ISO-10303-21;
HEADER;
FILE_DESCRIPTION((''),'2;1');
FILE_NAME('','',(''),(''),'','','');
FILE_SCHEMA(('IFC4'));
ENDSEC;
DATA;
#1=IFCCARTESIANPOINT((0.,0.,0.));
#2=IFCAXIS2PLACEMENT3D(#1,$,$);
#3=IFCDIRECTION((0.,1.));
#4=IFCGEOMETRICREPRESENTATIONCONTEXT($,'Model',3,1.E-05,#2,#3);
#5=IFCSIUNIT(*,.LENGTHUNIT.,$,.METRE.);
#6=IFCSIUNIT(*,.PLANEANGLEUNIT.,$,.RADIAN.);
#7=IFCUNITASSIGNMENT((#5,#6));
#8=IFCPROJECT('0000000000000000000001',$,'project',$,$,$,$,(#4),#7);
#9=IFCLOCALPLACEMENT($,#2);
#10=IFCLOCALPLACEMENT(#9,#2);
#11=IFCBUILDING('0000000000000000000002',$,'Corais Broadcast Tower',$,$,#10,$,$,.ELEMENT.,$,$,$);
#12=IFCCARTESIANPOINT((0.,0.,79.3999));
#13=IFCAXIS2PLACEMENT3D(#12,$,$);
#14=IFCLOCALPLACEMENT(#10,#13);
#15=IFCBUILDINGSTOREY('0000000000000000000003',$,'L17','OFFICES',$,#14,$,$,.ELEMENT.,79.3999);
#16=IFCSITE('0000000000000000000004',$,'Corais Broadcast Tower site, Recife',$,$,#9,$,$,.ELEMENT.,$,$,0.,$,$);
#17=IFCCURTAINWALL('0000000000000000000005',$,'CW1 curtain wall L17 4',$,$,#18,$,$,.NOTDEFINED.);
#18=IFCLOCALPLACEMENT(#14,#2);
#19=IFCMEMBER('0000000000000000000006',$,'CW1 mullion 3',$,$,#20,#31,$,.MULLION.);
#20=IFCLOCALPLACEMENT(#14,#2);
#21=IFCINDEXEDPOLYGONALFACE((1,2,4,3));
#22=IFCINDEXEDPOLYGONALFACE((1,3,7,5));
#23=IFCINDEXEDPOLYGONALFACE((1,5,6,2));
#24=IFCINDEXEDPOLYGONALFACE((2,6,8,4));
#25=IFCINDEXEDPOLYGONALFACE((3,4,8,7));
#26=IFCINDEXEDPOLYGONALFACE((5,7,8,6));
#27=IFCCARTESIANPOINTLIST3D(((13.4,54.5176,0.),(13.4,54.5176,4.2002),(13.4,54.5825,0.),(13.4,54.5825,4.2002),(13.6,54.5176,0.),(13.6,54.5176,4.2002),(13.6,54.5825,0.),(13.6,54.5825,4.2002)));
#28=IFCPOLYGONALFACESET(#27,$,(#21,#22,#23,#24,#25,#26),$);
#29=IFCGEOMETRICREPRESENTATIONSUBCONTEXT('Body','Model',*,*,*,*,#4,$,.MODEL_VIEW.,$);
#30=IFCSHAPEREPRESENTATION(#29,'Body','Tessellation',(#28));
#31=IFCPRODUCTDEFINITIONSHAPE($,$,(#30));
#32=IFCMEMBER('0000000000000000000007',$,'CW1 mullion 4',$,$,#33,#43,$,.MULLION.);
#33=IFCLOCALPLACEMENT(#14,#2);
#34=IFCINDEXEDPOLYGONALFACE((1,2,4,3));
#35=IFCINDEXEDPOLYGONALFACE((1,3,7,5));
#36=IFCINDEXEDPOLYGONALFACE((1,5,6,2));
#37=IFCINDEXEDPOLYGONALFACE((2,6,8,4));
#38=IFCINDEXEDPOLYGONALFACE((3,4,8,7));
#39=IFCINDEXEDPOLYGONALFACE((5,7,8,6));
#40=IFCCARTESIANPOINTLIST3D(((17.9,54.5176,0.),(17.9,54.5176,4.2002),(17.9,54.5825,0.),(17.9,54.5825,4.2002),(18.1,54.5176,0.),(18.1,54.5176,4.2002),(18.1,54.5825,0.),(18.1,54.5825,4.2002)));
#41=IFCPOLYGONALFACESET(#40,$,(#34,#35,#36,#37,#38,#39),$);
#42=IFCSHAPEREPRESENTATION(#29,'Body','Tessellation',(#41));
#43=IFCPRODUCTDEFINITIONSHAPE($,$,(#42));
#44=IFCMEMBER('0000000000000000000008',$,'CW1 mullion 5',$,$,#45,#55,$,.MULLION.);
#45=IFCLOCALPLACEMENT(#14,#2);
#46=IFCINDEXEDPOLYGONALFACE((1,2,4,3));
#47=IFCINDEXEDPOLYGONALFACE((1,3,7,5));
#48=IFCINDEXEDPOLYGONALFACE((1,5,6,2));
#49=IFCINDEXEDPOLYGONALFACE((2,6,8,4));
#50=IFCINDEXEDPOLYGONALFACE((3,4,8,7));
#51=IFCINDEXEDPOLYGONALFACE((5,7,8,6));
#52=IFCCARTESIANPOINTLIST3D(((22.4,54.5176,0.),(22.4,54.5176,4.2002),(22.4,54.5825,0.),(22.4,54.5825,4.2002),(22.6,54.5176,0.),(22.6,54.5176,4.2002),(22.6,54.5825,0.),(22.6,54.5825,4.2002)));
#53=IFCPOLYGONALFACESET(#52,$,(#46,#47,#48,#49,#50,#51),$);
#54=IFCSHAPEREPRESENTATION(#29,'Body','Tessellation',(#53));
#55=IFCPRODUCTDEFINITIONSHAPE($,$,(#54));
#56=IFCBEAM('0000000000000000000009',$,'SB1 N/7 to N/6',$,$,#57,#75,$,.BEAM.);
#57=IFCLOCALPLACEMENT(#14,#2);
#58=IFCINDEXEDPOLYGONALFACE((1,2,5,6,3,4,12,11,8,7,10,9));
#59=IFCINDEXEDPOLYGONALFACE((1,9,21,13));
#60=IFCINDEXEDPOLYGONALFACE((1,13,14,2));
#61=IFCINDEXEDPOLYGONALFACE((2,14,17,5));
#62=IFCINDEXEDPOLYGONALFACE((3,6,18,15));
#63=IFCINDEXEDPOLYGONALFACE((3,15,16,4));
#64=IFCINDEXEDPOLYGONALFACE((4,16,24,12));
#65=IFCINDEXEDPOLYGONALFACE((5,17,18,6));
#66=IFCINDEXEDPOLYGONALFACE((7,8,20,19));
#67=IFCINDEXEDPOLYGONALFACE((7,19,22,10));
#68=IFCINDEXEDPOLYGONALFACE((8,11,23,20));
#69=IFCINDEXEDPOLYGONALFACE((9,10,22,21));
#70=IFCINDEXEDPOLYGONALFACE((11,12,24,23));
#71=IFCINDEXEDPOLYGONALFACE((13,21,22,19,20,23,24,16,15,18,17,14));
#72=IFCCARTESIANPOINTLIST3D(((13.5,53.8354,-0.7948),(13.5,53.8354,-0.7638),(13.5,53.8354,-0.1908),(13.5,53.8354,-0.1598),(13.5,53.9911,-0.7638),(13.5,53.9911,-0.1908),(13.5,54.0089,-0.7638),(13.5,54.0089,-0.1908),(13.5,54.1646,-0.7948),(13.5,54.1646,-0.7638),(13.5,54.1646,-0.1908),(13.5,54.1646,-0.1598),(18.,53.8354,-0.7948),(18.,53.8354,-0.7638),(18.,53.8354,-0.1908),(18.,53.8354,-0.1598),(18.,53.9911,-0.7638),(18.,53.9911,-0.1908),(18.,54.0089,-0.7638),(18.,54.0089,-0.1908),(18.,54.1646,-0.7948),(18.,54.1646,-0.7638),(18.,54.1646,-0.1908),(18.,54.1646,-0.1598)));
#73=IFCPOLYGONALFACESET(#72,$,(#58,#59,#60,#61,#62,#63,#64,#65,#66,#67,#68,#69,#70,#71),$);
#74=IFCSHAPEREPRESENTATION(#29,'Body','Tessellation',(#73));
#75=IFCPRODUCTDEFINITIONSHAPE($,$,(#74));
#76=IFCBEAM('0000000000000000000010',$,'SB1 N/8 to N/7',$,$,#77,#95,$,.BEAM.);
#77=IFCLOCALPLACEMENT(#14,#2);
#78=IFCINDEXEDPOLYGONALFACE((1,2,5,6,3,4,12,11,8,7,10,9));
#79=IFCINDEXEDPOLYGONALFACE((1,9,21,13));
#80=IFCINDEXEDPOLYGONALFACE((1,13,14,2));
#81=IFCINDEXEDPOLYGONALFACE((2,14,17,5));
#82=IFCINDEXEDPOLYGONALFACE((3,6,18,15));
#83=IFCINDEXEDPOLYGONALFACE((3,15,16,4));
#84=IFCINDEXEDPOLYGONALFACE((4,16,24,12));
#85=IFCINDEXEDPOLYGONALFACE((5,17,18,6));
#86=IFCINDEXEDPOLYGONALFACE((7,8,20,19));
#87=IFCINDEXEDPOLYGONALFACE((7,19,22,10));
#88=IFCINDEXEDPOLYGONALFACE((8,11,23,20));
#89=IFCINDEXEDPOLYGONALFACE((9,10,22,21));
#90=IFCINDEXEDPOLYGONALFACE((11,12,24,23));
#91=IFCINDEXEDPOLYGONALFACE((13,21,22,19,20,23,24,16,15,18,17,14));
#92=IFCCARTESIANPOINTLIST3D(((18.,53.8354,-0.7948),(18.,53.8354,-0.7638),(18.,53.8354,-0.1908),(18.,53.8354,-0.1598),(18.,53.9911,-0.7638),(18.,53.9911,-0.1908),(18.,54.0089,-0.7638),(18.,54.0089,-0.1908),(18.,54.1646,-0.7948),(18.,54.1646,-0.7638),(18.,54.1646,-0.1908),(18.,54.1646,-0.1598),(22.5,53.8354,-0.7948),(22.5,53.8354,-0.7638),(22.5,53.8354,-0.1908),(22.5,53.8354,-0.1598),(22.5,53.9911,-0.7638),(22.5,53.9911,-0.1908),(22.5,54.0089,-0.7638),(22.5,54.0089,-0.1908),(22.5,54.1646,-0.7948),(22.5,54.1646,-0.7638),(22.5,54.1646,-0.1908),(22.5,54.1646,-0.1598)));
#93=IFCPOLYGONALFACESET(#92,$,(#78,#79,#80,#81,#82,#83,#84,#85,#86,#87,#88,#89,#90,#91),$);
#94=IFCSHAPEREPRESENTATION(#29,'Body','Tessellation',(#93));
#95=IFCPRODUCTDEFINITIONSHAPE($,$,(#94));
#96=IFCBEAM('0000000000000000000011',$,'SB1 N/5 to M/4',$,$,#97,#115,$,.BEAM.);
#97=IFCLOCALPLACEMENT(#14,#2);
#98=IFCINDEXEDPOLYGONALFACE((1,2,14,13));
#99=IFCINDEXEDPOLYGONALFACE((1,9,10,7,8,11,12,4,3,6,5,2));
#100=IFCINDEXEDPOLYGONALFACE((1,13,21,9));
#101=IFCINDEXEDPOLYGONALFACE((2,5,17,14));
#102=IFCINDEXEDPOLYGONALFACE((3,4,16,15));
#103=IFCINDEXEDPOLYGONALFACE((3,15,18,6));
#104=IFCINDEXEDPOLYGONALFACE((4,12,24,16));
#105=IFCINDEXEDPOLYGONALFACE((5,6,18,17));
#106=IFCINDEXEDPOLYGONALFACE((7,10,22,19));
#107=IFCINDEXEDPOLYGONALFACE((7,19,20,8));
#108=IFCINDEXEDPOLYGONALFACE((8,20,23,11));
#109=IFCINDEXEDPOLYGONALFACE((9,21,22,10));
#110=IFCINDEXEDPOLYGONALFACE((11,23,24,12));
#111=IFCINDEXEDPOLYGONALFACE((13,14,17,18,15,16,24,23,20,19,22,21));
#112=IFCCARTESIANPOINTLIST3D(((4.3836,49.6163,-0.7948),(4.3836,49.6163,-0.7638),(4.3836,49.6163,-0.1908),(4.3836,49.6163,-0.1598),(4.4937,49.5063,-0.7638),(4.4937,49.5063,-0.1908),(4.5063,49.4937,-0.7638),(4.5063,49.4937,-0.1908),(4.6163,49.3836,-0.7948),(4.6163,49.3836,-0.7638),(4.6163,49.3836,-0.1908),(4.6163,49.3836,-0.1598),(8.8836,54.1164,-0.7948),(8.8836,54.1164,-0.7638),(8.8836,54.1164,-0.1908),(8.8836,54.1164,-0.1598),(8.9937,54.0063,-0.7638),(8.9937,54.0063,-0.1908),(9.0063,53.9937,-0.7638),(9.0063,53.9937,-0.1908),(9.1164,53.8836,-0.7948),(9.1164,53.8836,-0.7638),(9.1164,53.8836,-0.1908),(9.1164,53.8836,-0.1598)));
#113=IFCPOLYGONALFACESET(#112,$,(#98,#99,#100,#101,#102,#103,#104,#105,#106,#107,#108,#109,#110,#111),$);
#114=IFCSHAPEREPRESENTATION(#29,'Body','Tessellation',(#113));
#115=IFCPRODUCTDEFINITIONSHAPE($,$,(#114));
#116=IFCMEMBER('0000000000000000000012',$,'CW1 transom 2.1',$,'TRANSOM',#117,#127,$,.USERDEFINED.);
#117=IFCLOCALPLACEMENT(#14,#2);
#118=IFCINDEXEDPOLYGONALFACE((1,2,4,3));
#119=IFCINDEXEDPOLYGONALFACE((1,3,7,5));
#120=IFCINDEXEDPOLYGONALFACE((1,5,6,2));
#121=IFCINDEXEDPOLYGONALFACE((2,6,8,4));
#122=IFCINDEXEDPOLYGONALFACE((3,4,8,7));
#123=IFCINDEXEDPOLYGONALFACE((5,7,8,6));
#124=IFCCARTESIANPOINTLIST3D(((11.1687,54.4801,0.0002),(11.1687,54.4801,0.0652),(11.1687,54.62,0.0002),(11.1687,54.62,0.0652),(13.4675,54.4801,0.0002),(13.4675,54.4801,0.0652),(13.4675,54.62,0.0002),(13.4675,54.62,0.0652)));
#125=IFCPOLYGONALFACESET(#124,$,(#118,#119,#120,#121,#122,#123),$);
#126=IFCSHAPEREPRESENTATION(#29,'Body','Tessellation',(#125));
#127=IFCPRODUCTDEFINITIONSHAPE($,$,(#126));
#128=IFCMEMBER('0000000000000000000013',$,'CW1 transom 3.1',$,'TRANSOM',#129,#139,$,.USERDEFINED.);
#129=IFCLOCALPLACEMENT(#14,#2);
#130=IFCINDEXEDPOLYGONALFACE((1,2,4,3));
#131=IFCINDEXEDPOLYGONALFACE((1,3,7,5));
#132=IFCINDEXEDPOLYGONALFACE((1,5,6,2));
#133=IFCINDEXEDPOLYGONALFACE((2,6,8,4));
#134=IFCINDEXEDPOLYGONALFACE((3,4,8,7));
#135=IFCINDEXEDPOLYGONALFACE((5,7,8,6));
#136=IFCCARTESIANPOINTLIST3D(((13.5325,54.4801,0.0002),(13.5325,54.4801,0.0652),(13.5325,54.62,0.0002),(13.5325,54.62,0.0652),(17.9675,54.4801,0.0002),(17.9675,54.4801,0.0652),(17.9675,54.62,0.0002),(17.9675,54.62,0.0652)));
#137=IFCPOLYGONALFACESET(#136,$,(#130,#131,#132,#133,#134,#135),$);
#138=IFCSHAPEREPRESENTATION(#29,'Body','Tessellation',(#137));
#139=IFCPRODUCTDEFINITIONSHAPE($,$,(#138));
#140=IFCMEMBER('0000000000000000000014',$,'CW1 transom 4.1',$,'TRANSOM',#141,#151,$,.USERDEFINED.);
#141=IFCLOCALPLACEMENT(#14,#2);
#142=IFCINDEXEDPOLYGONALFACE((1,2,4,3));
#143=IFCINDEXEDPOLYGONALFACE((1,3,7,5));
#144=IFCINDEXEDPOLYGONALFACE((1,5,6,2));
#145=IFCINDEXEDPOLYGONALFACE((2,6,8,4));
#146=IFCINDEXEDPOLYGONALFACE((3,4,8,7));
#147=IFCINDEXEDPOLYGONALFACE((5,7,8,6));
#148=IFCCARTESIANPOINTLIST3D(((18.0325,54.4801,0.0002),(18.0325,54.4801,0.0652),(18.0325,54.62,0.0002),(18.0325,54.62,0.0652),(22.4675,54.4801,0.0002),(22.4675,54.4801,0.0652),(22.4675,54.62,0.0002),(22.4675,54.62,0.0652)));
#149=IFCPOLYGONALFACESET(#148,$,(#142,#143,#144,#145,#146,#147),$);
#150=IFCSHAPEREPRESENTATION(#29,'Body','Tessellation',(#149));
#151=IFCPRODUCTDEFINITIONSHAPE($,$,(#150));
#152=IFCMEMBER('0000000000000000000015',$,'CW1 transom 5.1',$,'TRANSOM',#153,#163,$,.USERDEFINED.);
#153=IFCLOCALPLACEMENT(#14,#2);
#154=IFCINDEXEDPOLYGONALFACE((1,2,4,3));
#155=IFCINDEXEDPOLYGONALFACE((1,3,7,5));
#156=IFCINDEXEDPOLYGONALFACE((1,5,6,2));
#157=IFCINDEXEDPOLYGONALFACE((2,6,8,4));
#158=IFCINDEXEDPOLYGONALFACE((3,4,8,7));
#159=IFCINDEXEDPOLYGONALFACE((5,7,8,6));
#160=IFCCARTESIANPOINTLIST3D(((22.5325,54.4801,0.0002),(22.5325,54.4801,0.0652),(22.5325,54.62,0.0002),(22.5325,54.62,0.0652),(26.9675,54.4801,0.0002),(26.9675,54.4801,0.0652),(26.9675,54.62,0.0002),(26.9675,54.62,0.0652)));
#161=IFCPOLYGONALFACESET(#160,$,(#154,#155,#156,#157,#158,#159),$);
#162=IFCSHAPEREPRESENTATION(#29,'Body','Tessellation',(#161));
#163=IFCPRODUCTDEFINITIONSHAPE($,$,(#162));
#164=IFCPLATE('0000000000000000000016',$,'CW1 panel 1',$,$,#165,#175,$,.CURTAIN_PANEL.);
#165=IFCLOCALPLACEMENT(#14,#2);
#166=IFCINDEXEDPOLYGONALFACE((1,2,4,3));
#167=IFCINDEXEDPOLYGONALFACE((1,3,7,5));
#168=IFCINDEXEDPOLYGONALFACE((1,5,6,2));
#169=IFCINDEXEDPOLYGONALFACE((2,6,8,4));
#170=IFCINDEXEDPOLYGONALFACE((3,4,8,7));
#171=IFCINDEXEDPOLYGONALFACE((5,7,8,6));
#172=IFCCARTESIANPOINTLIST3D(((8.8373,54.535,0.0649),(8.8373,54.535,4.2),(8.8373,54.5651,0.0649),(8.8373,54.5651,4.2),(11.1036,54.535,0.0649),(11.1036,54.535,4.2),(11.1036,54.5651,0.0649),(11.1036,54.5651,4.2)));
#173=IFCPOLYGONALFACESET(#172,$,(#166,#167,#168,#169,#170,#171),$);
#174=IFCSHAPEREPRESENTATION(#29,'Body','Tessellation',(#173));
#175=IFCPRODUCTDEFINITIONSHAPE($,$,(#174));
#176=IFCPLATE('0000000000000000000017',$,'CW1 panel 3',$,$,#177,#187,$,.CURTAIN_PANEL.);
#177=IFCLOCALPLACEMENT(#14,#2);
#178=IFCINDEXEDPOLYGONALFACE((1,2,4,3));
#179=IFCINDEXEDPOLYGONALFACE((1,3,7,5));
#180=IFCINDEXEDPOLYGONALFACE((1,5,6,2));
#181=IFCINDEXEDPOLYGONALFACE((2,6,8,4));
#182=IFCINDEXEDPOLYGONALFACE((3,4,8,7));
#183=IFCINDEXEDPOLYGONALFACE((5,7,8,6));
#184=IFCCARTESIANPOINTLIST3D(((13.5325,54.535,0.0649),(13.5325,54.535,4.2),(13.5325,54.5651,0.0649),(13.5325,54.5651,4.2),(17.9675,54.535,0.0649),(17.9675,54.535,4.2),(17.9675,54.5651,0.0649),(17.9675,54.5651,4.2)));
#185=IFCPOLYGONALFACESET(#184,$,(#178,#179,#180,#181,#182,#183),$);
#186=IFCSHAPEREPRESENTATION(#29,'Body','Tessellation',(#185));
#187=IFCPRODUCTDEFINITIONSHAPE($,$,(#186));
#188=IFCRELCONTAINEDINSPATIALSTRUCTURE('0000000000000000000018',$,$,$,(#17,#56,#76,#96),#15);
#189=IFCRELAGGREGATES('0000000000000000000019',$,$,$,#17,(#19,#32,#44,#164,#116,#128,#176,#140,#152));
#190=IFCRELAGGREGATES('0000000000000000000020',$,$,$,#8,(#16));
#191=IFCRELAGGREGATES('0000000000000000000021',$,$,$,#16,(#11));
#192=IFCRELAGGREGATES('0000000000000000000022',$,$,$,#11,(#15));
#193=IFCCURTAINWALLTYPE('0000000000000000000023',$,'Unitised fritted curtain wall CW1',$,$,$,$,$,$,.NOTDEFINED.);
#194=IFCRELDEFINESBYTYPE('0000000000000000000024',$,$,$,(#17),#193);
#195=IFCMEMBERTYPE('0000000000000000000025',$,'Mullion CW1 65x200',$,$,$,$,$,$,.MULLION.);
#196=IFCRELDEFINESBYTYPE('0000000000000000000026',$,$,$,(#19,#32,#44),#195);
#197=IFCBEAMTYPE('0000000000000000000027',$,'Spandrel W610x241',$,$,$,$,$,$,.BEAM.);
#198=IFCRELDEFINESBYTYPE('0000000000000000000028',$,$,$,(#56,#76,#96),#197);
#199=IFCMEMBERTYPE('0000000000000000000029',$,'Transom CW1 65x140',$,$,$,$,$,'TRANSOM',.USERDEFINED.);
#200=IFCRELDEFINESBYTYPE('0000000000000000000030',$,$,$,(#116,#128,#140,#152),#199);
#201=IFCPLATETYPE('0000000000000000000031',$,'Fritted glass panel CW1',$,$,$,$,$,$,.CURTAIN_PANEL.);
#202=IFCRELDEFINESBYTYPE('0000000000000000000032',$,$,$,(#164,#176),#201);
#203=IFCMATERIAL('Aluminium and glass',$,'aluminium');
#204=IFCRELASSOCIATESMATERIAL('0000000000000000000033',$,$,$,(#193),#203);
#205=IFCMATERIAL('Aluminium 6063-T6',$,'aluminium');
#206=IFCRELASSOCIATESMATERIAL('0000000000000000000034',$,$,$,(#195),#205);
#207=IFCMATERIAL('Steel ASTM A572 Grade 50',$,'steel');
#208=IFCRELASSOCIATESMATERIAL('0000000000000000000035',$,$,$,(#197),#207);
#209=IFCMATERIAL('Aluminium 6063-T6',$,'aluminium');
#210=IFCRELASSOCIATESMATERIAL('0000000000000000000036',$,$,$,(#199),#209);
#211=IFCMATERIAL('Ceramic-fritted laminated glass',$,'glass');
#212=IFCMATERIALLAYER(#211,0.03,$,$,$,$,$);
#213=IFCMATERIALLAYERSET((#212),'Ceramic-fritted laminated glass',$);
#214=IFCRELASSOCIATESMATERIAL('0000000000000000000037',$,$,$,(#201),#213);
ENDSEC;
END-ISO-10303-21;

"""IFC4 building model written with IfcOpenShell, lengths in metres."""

from ifc_helpers import new_model, si_unit, direction, frame, origin, origin_2d, place, context, subcontext, project, spatial, rectangle, i_section, extrude, material, layer, layer_set, material_profile, profile_set, type_object, element, aggregate, save


model = new_model("IFC4")

# Units and contexts
model_context = context("Model", 3, precision=1e-05, world=origin(), true_north=direction((0.0, 1.0)))
body_context = subcontext(model_context, "Body", "Model", "MODEL_VIEW")
ifc_project = project(units=[si_unit("LENGTHUNIT", "METRE"), si_unit("PLANEANGLEUNIT", "RADIAN")], contexts=[model_context])

# Site, building, storey
site_placement = place(None, origin())
site = spatial("IfcSite", under=ifc_project, at=site_placement, Name="Corais Broadcast Tower site, Recife", CompositionType="ELEMENT", RefElevation=0.0)
building_placement = place(site_placement, origin())
building = spatial("IfcBuilding", under=site, at=building_placement, Name="Corais Broadcast Tower", CompositionType="ELEMENT")
storey_placement = place(building_placement, frame((0.0, 0.0, 79.3999)))
storey = spatial("IfcBuildingStorey", under=building, at=storey_placement, Name="L17", Description="OFFICES", CompositionType="ELEMENT", Elevation=79.3999)

# Curtain wall, members
ifc_material_1 = material(Name="Aluminium and glass", Category="aluminium")
curtain_wall_type = type_object("IfcCurtainWallType", Name="Unitised fritted curtain wall CW1", PredefinedType="NOTDEFINED", material=ifc_material_1)
curtain_wall_placement = place(storey_placement, origin())
curtain_wall = element("IfcCurtainWall", 1, at=curtain_wall_placement, inside=storey, type_object=curtain_wall_type, Name="CW1 curtain wall L17 4", PredefinedType="NOTDEFINED")
ifc_material_2 = material(Name="Aluminium 6063-T6", Category="aluminium")
ifc_material_profile_1 = material_profile(ifc_material_2, rectangle(XDim=0.0649, YDim=0.2, at=origin_2d()), Name="Mullion CW1 65x200")
ifc_profile_set_1 = profile_set([ifc_material_profile_1], Name="Aluminium 6063-T6")
member_type_1 = type_object("IfcMemberType", Name="Mullion CW1 65x200", PredefinedType="MULLION", material=ifc_profile_set_1)
member_1_placement = place(storey_placement, frame((13.5, 54.55, 0.0), z_axis=(0.0, 0.0, 1.0), x_axis=(0.0, 1.0, 0.0)))
member_1 = element("IfcMember", 2, at=member_1_placement, type_object=member_type_1, Name="CW1 mullion 3", PredefinedType="MULLION", context=body_context, shape_type="SweptSolid", body=[
    extrude(rectangle(XDim=0.0649, YDim=0.2, at=origin_2d()), origin(), (0.0, 0.0, 1.0), 4.2002),
])
member_2_placement = place(storey_placement, frame((18.0, 54.55, 0.0), z_axis=(0.0, 0.0, 1.0), x_axis=(0.0, 1.0, 0.0)))
member_2 = element("IfcMember", 3, at=member_2_placement, type_object=member_type_1, Name="CW1 mullion 4", PredefinedType="MULLION", context=body_context, shape_type="SweptSolid", body=[
    extrude(rectangle(XDim=0.0649, YDim=0.2, at=origin_2d()), origin(), (0.0, 0.0, 1.0), 4.2002),
])
member_3_placement = place(storey_placement, frame((22.5, 54.55, 0.0), z_axis=(0.0, 0.0, 1.0), x_axis=(0.0, 1.0, 0.0)))
member_3 = element("IfcMember", 4, at=member_3_placement, type_object=member_type_1, Name="CW1 mullion 5", PredefinedType="MULLION", context=body_context, shape_type="SweptSolid", body=[
    extrude(rectangle(XDim=0.0649, YDim=0.2, at=origin_2d()), origin(), (0.0, 0.0, 1.0), 4.2002),
])

# Beams
ifc_material_3 = material(Name="Steel ASTM A572 Grade 50", Category="steel")
ifc_material_profile_2 = material_profile(ifc_material_3, i_section(OverallWidth=0.3291, OverallDepth=0.635, WebThickness=0.0178, FlangeThickness=0.031, at=origin_2d()), Name="W610x241")
ifc_profile_set_2 = profile_set([ifc_material_profile_2], Name="Steel ASTM A572 Grade 50")
beam_type_1 = type_object("IfcBeamType", Name="Spandrel W610x241", PredefinedType="BEAM", material=ifc_profile_set_2)
for number, where, z_axis, x_axis, name in (
    (5, (18.0, 54.0, -0.4773), (-1.0, 0.0, 0.0), (0.0, -1.0, 0.0), "SB1 N/7 to N/6"),
    (6, (22.5, 54.0, -0.4773), (-1.0, 0.0, 0.0), (0.0, -1.0, 0.0), "SB1 N/8 to N/7"),
):
    element("IfcBeam", number, at=place(storey_placement, frame(where, z_axis=z_axis, x_axis=x_axis)), inside=storey, type_object=beam_type_1, Name=name, PredefinedType="BEAM", context=body_context, shape_type="SweptSolid", body=[
        extrude(i_section(OverallWidth=0.3291, OverallDepth=0.635, WebThickness=0.0178, FlangeThickness=0.031, at=origin_2d()), origin(), (0.0, 0.0, 1.0), 4.5),
    ])
beam_1_placement = place(storey_placement, frame((9.0, 54.0, -0.4773), z_axis=(-0.707107, -0.707107, 0.0), x_axis=(0.707107, -0.707107, 0.0)))
element("IfcBeam", 7, at=beam_1_placement, inside=storey, type_object=beam_type_1, Name="SB1 N/5 to M/4", PredefinedType="BEAM", context=body_context, shape_type="SweptSolid", body=[
    extrude(i_section(OverallWidth=0.3291, OverallDepth=0.635, WebThickness=0.0178, FlangeThickness=0.031, at=origin_2d()), origin(), (0.0, 0.0, 1.0), 6.364),
])

# Members
ifc_material_4 = material(Name="Aluminium 6063-T6", Category="aluminium")
ifc_material_profile_3 = material_profile(ifc_material_4, rectangle(XDim=0.1399, YDim=0.0649, at=origin_2d()), Name="Transom CW1 65x140")
ifc_profile_set_3 = profile_set([ifc_material_profile_3], Name="Aluminium 6063-T6")
member_type_2 = type_object("IfcMemberType", Name="Transom CW1 65x140", ElementType="TRANSOM", PredefinedType="USERDEFINED", material=ifc_profile_set_3)
member_4_placement = place(storey_placement, frame((11.1687, 54.55, 0.0327), z_axis=(1.0, 0.0, 0.0), x_axis=(0.0, 1.0, 0.0)))
member_4 = element("IfcMember", 8, at=member_4_placement, type_object=member_type_2, Name="CW1 transom 2.1", ObjectType="TRANSOM", PredefinedType="USERDEFINED", context=body_context, shape_type="SweptSolid", body=[
    extrude(rectangle(XDim=0.1399, YDim=0.0649, at=origin_2d()), origin(), (0.0, 0.0, 1.0), 2.2988),
])
member_5_placement = place(storey_placement, frame((13.5325, 54.55, 0.0327), z_axis=(1.0, 0.0, 0.0), x_axis=(0.0, 1.0, 0.0)))
member_5 = element("IfcMember", 9, at=member_5_placement, type_object=member_type_2, Name="CW1 transom 3.1", ObjectType="TRANSOM", PredefinedType="USERDEFINED", context=body_context, shape_type="SweptSolid", body=[
    extrude(rectangle(XDim=0.1399, YDim=0.0649, at=origin_2d()), origin(), (0.0, 0.0, 1.0), 4.4351),
])
member_6_placement = place(storey_placement, frame((18.0325, 54.55, 0.0327), z_axis=(1.0, 0.0, 0.0), x_axis=(0.0, 1.0, 0.0)))
member_6 = element("IfcMember", 10, at=member_6_placement, type_object=member_type_2, Name="CW1 transom 4.1", ObjectType="TRANSOM", PredefinedType="USERDEFINED", context=body_context, shape_type="SweptSolid", body=[
    extrude(rectangle(XDim=0.1399, YDim=0.0649, at=origin_2d()), origin(), (0.0, 0.0, 1.0), 4.4351),
])
member_7_placement = place(storey_placement, frame((22.5325, 54.55, 0.0327), z_axis=(1.0, 0.0, 0.0), x_axis=(0.0, 1.0, 0.0)))
member_7 = element("IfcMember", 11, at=member_7_placement, type_object=member_type_2, Name="CW1 transom 5.1", ObjectType="TRANSOM", PredefinedType="USERDEFINED", context=body_context, shape_type="SweptSolid", body=[
    extrude(rectangle(XDim=0.1399, YDim=0.0649, at=origin_2d()), origin(), (0.0, 0.0, 1.0), 4.4351),
])

# Plates
ifc_material_5 = material(Name="Ceramic-fritted laminated glass", Category="glass")
ifc_layer_1 = layer(ifc_material_5, 0.03)
ifc_layer_set_1 = layer_set([ifc_layer_1], Name="Ceramic-fritted laminated glass")
plate_type_1 = type_object("IfcPlateType", Name="Fritted glass panel CW1", PredefinedType="CURTAIN_PANEL", material=ifc_layer_set_1)
plate_1_placement = place(storey_placement, frame((9.9705, 54.55, 0.0649), z_axis=(0.0, 0.0, 1.0), x_axis=(1.0, 0.0, 0.0)))
plate_1 = element("IfcPlate", 12, at=plate_1_placement, type_object=plate_type_1, Name="CW1 panel 1", PredefinedType="CURTAIN_PANEL", context=body_context, shape_type="SweptSolid", body=[
    extrude(rectangle(XDim=2.2664, YDim=0.03, at=origin_2d()), origin(), (0.0, 0.0, 1.0), 4.135),
])
plate_2_placement = place(storey_placement, frame((15.75, 54.55, 0.0649), z_axis=(0.0, 0.0, 1.0), x_axis=(1.0, 0.0, 0.0)))
plate_2 = element("IfcPlate", 13, at=plate_2_placement, type_object=plate_type_1, Name="CW1 panel 3", PredefinedType="CURTAIN_PANEL", context=body_context, shape_type="SweptSolid", body=[
    extrude(rectangle(XDim=4.4351, YDim=0.03, at=origin_2d()), origin(), (0.0, 0.0, 1.0), 4.135),
])
aggregate(curtain_wall, [member_1, member_2, member_3, plate_1, member_4, member_5, plate_2, member_6, member_7])

save(model, "model.ifc")
